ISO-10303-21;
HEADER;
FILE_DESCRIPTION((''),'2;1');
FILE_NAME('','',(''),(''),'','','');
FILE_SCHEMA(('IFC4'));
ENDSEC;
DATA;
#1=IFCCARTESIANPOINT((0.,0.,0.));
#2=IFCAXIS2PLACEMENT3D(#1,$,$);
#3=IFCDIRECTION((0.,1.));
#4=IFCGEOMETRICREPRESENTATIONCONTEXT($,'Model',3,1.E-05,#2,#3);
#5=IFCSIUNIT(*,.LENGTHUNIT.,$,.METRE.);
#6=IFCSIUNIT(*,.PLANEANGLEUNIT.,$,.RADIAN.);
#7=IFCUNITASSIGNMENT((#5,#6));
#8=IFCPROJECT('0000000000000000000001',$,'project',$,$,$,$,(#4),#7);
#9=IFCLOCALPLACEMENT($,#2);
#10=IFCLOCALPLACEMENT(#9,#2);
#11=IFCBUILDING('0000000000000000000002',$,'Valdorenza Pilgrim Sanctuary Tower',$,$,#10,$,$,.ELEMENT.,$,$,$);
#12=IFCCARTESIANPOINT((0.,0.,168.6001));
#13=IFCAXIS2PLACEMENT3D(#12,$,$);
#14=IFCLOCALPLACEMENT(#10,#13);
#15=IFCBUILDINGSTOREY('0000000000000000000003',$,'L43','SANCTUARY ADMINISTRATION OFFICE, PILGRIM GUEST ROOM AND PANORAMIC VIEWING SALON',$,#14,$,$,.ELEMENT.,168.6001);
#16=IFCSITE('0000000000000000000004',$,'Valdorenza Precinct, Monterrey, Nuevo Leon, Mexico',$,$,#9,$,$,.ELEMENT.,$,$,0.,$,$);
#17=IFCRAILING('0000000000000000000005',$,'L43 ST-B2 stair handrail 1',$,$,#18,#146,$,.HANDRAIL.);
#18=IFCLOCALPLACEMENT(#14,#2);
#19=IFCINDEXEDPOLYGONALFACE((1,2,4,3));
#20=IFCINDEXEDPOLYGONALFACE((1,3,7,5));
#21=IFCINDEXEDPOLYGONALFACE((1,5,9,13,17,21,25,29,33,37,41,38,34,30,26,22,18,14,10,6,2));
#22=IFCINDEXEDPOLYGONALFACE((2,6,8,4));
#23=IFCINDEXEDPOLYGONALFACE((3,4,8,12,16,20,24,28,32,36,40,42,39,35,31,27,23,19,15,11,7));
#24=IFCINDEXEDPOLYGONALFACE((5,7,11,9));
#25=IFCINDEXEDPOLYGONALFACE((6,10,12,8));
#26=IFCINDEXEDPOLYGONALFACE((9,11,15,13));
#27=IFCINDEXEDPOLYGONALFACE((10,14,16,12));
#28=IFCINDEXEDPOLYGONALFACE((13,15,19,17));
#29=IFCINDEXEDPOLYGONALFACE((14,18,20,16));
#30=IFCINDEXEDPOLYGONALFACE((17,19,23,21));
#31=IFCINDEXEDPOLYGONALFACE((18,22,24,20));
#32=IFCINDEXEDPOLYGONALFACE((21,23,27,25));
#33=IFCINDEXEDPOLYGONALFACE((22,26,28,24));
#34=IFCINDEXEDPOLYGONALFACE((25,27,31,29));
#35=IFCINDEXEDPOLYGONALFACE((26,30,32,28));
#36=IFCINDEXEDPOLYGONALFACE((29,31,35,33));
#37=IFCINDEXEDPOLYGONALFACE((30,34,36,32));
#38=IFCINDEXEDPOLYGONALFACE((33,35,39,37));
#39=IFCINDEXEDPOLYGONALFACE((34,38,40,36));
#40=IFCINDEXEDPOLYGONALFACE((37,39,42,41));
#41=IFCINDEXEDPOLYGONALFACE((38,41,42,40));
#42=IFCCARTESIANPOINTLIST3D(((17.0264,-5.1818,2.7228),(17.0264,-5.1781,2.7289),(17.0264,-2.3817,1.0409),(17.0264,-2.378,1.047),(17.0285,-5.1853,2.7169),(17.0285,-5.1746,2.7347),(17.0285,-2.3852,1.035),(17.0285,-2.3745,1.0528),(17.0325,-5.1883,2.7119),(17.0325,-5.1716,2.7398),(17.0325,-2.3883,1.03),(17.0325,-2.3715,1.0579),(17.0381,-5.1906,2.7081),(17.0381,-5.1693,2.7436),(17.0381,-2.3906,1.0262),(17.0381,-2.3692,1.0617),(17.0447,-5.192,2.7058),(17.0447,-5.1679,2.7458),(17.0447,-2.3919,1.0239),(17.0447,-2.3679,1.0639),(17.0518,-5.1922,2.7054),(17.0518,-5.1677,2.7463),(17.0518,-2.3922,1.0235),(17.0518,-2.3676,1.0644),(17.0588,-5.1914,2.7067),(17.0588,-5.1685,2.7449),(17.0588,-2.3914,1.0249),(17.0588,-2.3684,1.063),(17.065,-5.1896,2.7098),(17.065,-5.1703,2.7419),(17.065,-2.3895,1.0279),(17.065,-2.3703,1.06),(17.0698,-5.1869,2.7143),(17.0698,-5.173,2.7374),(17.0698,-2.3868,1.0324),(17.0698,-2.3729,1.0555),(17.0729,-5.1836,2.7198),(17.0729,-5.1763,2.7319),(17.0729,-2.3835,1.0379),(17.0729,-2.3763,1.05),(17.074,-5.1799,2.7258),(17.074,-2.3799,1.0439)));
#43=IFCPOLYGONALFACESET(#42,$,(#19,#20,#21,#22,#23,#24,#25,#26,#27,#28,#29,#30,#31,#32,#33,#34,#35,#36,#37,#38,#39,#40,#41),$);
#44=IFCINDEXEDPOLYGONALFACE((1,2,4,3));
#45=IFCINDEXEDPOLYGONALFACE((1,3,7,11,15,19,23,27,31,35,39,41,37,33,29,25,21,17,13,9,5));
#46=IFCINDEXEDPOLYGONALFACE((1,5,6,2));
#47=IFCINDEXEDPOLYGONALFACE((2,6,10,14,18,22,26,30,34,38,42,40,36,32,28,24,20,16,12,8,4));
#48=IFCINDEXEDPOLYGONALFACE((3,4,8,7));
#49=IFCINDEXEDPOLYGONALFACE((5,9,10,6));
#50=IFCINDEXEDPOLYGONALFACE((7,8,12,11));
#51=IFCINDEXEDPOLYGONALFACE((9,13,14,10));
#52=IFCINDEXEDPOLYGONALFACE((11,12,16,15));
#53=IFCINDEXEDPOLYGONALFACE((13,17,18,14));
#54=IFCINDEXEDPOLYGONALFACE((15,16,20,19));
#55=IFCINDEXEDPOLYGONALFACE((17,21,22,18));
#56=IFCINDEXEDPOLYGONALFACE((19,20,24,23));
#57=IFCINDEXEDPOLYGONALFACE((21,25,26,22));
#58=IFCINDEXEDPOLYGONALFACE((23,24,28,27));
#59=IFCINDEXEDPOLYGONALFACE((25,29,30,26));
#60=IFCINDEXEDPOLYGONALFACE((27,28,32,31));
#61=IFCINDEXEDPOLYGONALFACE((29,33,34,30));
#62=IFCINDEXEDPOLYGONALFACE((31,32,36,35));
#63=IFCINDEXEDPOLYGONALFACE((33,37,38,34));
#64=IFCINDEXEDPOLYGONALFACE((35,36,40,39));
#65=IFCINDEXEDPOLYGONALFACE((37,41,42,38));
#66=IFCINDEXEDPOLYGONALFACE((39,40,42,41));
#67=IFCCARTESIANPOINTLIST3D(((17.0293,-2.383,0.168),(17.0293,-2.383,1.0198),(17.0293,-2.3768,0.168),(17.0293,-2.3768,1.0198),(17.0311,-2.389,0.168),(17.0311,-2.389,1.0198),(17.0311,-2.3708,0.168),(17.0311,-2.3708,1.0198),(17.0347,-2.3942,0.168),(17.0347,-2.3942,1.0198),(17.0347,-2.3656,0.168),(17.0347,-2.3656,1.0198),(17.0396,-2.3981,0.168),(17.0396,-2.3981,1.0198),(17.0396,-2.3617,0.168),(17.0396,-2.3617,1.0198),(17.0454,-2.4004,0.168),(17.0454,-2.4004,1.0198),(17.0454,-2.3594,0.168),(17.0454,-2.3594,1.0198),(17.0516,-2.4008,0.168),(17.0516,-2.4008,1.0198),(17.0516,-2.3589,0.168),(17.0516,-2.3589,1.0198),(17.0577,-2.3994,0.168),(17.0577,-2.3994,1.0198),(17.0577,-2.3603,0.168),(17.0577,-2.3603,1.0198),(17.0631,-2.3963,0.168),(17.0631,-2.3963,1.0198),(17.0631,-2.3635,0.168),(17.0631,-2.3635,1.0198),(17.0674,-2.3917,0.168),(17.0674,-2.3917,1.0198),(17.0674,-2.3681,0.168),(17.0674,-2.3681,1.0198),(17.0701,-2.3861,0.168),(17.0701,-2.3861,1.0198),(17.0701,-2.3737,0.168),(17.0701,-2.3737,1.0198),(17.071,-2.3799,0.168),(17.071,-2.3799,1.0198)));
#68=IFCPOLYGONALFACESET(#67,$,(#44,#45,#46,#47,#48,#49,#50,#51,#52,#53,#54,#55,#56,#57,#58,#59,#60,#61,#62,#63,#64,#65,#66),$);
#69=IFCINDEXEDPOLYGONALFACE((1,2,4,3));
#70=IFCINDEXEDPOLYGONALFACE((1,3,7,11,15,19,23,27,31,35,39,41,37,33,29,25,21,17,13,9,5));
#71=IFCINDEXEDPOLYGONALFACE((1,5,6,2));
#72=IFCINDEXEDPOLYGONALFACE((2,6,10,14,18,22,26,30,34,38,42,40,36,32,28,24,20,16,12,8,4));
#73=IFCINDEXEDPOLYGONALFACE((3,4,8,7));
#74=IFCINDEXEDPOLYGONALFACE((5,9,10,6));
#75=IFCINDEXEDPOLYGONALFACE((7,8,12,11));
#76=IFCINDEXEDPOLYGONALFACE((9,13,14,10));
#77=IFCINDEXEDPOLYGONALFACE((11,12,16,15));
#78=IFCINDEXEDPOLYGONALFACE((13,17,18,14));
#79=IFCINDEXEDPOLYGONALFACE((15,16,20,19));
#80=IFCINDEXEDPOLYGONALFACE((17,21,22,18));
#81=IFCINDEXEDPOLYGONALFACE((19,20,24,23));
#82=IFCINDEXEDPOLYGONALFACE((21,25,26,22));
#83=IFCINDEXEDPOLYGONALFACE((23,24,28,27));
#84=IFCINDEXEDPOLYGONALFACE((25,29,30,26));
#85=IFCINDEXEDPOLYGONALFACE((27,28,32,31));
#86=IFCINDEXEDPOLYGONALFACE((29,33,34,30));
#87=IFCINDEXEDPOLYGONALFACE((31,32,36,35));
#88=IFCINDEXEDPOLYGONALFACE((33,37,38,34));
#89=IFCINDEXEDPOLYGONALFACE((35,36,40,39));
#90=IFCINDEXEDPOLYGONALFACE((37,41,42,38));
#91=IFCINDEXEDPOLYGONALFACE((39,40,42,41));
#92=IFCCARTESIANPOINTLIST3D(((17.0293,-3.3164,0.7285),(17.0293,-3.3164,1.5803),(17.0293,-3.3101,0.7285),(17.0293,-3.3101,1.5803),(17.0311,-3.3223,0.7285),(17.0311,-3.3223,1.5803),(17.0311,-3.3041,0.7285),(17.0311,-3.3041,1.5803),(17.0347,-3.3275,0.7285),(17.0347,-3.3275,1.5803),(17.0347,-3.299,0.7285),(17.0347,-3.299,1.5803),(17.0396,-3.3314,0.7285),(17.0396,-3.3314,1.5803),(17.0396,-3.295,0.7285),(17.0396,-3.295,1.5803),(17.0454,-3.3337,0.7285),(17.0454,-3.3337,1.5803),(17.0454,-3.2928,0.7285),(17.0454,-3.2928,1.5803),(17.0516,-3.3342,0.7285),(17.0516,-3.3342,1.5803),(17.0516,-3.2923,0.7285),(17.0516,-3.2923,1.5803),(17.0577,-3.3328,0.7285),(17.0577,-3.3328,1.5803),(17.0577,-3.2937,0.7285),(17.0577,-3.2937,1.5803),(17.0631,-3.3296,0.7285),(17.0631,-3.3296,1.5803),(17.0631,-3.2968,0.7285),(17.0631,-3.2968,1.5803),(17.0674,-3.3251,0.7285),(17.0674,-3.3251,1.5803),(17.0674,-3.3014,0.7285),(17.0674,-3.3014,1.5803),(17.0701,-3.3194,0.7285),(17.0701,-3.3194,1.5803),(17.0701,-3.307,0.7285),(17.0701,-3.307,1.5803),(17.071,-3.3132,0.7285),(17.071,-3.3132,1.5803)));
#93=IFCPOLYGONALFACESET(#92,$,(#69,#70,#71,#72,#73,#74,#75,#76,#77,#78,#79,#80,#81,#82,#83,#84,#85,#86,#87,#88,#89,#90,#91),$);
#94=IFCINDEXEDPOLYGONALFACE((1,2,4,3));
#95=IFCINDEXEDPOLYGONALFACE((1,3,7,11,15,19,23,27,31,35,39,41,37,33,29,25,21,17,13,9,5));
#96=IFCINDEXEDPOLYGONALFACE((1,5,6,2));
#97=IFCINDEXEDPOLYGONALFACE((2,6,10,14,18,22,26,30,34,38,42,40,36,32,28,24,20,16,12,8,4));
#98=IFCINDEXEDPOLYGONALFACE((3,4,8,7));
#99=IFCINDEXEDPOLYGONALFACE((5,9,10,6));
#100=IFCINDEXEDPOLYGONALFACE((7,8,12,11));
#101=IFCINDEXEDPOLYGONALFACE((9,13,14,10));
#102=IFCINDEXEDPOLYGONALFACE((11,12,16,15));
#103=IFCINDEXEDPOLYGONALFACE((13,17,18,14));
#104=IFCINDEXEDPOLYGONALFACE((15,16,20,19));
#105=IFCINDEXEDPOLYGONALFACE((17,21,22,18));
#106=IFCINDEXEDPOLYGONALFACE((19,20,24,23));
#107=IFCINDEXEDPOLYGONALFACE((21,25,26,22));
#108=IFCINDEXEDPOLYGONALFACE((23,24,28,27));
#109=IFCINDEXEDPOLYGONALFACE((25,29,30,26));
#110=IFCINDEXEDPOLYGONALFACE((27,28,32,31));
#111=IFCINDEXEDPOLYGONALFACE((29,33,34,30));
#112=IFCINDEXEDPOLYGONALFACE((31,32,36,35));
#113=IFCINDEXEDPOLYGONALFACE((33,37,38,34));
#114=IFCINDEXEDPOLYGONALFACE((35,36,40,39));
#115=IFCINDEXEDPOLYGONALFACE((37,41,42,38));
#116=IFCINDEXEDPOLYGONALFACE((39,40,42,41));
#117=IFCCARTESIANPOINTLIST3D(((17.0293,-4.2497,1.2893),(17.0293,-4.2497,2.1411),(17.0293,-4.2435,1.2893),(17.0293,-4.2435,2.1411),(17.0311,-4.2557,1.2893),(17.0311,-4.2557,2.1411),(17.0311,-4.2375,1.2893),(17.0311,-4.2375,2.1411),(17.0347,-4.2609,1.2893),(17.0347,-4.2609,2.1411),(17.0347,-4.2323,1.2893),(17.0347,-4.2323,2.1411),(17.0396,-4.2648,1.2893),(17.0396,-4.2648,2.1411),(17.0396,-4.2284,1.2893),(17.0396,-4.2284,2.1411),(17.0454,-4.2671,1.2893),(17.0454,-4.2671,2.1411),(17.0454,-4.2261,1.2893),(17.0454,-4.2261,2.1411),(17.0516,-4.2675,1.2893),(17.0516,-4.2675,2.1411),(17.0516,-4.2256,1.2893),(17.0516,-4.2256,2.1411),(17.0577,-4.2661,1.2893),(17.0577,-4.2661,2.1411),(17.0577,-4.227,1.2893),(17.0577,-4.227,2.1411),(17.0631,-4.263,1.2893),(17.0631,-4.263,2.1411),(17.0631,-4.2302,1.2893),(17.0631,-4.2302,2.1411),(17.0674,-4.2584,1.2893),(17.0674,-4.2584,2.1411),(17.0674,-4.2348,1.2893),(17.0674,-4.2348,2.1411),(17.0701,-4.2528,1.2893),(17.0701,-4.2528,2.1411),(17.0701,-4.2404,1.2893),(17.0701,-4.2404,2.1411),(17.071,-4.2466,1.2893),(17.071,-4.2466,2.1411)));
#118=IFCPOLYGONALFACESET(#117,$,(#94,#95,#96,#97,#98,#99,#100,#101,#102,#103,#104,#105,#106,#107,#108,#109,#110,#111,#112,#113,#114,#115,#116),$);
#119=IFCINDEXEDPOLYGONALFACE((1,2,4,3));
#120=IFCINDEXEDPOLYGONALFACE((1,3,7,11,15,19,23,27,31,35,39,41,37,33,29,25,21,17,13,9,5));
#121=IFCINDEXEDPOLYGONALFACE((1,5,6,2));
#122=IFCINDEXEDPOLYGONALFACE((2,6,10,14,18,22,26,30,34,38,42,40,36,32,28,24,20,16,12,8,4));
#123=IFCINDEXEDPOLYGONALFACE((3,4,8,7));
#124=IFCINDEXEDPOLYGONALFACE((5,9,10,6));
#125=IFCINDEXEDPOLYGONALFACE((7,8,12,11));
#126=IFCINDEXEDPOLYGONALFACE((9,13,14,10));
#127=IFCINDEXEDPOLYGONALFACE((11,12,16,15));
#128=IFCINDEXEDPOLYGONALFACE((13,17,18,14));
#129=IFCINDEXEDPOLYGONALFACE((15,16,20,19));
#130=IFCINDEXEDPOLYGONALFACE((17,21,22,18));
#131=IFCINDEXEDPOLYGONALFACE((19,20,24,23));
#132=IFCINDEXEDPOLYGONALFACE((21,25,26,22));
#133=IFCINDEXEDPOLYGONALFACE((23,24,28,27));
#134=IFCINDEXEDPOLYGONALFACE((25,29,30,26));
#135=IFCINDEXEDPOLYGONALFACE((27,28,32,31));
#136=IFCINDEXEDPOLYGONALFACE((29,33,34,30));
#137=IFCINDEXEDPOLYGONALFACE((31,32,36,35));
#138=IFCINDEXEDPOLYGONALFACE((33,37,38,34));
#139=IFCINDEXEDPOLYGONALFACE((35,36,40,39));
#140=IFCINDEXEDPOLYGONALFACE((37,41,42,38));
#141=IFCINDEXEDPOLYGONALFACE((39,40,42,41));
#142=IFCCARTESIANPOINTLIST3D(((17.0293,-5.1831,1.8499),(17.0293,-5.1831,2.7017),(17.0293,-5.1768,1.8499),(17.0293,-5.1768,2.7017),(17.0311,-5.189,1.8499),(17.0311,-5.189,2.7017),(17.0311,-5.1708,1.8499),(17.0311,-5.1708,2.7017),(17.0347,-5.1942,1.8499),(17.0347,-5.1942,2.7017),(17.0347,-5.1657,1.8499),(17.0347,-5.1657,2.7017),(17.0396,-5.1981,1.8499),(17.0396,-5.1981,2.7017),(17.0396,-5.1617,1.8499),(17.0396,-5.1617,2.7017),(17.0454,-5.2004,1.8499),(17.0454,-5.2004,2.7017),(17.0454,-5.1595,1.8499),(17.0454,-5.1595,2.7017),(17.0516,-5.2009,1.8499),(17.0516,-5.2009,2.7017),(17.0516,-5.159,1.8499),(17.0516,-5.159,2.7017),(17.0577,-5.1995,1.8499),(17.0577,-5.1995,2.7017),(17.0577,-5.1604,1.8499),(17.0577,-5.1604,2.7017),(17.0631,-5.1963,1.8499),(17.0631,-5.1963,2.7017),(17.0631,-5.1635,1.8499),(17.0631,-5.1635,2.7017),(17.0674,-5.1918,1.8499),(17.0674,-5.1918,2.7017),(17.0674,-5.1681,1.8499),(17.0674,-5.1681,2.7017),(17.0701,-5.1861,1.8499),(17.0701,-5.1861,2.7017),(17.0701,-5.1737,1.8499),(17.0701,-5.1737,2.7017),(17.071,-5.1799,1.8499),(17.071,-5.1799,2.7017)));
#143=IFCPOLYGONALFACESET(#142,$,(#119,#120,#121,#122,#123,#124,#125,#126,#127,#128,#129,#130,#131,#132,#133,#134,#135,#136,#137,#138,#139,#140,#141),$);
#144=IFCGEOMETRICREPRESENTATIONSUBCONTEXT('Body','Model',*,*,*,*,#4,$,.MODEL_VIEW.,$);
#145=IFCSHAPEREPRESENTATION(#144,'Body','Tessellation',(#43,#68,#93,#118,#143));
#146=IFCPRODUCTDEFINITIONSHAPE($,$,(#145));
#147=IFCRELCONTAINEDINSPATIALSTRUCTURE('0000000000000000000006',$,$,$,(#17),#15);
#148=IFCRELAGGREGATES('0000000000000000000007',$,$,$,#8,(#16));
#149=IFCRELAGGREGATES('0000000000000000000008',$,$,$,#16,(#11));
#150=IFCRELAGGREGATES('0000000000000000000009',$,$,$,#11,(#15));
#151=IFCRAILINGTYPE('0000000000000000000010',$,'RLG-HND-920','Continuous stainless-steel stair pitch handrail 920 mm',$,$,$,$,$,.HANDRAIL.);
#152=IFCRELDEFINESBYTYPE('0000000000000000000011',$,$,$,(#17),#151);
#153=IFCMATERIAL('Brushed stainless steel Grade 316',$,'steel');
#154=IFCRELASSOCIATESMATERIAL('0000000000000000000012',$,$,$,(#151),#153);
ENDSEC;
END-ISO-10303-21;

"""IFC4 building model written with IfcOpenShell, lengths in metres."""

from ifc_helpers import new_model, si_unit, direction, frame, origin, origin_2d, place, context, subcontext, project, spatial, circle, extrude, material, type_object, element, save


model = new_model("IFC4")

# Units and contexts
model_context = context("Model", 3, precision=1e-05, world=origin(), true_north=direction((0.0, 1.0)))
body_context = subcontext(model_context, "Body", "Model", "MODEL_VIEW")
ifc_project = project(units=[si_unit("LENGTHUNIT", "METRE"), si_unit("PLANEANGLEUNIT", "RADIAN")], contexts=[model_context])

# Site, building, storey
site_placement = place(None, origin())
site = spatial("IfcSite", under=ifc_project, at=site_placement, Name="Valdorenza Precinct, Monterrey, Nuevo Leon, Mexico", CompositionType="ELEMENT", RefElevation=0.0)
building_placement = place(site_placement, origin())
building = spatial("IfcBuilding", under=site, at=building_placement, Name="Valdorenza Pilgrim Sanctuary Tower", CompositionType="ELEMENT")
storey_placement = place(building_placement, frame((0.0, 0.0, 168.6001)))
storey = spatial("IfcBuildingStorey", under=building, at=storey_placement, Name="L43", Description="SANCTUARY ADMINISTRATION OFFICE, PILGRIM GUEST ROOM AND PANORAMIC VIEWING SALON", CompositionType="ELEMENT", Elevation=168.6001)

# Railing
ifc_material_1 = material(Name="Brushed stainless steel Grade 316", Category="steel")
railing_type_1 = type_object("IfcRailingType", Name="RLG-HND-920", Description="Continuous stainless-steel stair pitch handrail 920 mm", PredefinedType="HANDRAIL", material=ifc_material_1)
railing_1_placement = place(storey_placement, frame((17.05, -2.3799, 0.168)))
element("IfcRailing", 1, at=railing_1_placement, inside=storey, type_object=railing_type_1, Name="L43 ST-B2 stair handrail 1", PredefinedType="HANDRAIL", context=body_context, shape_type="SweptSolid", body=[
    extrude(circle(Radius=0.0239, at=origin_2d()), frame((0.0, 0.0, 0.876), z_axis=(0.0, -0.857242, 0.514913), x_axis=(1.0, 0.0, 0.0)), (0.0, 0.0, 1.0), 3.2664),
    extrude(circle(Radius=0.021, at=origin_2d()), origin(), (0.0, 0.0, 1.0), 0.8518),
    extrude(circle(Radius=0.021, at=origin_2d()), frame((0.0, -0.9333, 0.5605)), (0.0, 0.0, 1.0), 0.8518),
    extrude(circle(Radius=0.021, at=origin_2d()), frame((0.0, -1.8667, 1.1213)), (0.0, 0.0, 1.0), 0.8518),
    extrude(circle(Radius=0.021, at=origin_2d()), frame((0.0, -2.8, 1.6819)), (0.0, 0.0, 1.0), 0.8518),
])

save(model, "model.ifc")
